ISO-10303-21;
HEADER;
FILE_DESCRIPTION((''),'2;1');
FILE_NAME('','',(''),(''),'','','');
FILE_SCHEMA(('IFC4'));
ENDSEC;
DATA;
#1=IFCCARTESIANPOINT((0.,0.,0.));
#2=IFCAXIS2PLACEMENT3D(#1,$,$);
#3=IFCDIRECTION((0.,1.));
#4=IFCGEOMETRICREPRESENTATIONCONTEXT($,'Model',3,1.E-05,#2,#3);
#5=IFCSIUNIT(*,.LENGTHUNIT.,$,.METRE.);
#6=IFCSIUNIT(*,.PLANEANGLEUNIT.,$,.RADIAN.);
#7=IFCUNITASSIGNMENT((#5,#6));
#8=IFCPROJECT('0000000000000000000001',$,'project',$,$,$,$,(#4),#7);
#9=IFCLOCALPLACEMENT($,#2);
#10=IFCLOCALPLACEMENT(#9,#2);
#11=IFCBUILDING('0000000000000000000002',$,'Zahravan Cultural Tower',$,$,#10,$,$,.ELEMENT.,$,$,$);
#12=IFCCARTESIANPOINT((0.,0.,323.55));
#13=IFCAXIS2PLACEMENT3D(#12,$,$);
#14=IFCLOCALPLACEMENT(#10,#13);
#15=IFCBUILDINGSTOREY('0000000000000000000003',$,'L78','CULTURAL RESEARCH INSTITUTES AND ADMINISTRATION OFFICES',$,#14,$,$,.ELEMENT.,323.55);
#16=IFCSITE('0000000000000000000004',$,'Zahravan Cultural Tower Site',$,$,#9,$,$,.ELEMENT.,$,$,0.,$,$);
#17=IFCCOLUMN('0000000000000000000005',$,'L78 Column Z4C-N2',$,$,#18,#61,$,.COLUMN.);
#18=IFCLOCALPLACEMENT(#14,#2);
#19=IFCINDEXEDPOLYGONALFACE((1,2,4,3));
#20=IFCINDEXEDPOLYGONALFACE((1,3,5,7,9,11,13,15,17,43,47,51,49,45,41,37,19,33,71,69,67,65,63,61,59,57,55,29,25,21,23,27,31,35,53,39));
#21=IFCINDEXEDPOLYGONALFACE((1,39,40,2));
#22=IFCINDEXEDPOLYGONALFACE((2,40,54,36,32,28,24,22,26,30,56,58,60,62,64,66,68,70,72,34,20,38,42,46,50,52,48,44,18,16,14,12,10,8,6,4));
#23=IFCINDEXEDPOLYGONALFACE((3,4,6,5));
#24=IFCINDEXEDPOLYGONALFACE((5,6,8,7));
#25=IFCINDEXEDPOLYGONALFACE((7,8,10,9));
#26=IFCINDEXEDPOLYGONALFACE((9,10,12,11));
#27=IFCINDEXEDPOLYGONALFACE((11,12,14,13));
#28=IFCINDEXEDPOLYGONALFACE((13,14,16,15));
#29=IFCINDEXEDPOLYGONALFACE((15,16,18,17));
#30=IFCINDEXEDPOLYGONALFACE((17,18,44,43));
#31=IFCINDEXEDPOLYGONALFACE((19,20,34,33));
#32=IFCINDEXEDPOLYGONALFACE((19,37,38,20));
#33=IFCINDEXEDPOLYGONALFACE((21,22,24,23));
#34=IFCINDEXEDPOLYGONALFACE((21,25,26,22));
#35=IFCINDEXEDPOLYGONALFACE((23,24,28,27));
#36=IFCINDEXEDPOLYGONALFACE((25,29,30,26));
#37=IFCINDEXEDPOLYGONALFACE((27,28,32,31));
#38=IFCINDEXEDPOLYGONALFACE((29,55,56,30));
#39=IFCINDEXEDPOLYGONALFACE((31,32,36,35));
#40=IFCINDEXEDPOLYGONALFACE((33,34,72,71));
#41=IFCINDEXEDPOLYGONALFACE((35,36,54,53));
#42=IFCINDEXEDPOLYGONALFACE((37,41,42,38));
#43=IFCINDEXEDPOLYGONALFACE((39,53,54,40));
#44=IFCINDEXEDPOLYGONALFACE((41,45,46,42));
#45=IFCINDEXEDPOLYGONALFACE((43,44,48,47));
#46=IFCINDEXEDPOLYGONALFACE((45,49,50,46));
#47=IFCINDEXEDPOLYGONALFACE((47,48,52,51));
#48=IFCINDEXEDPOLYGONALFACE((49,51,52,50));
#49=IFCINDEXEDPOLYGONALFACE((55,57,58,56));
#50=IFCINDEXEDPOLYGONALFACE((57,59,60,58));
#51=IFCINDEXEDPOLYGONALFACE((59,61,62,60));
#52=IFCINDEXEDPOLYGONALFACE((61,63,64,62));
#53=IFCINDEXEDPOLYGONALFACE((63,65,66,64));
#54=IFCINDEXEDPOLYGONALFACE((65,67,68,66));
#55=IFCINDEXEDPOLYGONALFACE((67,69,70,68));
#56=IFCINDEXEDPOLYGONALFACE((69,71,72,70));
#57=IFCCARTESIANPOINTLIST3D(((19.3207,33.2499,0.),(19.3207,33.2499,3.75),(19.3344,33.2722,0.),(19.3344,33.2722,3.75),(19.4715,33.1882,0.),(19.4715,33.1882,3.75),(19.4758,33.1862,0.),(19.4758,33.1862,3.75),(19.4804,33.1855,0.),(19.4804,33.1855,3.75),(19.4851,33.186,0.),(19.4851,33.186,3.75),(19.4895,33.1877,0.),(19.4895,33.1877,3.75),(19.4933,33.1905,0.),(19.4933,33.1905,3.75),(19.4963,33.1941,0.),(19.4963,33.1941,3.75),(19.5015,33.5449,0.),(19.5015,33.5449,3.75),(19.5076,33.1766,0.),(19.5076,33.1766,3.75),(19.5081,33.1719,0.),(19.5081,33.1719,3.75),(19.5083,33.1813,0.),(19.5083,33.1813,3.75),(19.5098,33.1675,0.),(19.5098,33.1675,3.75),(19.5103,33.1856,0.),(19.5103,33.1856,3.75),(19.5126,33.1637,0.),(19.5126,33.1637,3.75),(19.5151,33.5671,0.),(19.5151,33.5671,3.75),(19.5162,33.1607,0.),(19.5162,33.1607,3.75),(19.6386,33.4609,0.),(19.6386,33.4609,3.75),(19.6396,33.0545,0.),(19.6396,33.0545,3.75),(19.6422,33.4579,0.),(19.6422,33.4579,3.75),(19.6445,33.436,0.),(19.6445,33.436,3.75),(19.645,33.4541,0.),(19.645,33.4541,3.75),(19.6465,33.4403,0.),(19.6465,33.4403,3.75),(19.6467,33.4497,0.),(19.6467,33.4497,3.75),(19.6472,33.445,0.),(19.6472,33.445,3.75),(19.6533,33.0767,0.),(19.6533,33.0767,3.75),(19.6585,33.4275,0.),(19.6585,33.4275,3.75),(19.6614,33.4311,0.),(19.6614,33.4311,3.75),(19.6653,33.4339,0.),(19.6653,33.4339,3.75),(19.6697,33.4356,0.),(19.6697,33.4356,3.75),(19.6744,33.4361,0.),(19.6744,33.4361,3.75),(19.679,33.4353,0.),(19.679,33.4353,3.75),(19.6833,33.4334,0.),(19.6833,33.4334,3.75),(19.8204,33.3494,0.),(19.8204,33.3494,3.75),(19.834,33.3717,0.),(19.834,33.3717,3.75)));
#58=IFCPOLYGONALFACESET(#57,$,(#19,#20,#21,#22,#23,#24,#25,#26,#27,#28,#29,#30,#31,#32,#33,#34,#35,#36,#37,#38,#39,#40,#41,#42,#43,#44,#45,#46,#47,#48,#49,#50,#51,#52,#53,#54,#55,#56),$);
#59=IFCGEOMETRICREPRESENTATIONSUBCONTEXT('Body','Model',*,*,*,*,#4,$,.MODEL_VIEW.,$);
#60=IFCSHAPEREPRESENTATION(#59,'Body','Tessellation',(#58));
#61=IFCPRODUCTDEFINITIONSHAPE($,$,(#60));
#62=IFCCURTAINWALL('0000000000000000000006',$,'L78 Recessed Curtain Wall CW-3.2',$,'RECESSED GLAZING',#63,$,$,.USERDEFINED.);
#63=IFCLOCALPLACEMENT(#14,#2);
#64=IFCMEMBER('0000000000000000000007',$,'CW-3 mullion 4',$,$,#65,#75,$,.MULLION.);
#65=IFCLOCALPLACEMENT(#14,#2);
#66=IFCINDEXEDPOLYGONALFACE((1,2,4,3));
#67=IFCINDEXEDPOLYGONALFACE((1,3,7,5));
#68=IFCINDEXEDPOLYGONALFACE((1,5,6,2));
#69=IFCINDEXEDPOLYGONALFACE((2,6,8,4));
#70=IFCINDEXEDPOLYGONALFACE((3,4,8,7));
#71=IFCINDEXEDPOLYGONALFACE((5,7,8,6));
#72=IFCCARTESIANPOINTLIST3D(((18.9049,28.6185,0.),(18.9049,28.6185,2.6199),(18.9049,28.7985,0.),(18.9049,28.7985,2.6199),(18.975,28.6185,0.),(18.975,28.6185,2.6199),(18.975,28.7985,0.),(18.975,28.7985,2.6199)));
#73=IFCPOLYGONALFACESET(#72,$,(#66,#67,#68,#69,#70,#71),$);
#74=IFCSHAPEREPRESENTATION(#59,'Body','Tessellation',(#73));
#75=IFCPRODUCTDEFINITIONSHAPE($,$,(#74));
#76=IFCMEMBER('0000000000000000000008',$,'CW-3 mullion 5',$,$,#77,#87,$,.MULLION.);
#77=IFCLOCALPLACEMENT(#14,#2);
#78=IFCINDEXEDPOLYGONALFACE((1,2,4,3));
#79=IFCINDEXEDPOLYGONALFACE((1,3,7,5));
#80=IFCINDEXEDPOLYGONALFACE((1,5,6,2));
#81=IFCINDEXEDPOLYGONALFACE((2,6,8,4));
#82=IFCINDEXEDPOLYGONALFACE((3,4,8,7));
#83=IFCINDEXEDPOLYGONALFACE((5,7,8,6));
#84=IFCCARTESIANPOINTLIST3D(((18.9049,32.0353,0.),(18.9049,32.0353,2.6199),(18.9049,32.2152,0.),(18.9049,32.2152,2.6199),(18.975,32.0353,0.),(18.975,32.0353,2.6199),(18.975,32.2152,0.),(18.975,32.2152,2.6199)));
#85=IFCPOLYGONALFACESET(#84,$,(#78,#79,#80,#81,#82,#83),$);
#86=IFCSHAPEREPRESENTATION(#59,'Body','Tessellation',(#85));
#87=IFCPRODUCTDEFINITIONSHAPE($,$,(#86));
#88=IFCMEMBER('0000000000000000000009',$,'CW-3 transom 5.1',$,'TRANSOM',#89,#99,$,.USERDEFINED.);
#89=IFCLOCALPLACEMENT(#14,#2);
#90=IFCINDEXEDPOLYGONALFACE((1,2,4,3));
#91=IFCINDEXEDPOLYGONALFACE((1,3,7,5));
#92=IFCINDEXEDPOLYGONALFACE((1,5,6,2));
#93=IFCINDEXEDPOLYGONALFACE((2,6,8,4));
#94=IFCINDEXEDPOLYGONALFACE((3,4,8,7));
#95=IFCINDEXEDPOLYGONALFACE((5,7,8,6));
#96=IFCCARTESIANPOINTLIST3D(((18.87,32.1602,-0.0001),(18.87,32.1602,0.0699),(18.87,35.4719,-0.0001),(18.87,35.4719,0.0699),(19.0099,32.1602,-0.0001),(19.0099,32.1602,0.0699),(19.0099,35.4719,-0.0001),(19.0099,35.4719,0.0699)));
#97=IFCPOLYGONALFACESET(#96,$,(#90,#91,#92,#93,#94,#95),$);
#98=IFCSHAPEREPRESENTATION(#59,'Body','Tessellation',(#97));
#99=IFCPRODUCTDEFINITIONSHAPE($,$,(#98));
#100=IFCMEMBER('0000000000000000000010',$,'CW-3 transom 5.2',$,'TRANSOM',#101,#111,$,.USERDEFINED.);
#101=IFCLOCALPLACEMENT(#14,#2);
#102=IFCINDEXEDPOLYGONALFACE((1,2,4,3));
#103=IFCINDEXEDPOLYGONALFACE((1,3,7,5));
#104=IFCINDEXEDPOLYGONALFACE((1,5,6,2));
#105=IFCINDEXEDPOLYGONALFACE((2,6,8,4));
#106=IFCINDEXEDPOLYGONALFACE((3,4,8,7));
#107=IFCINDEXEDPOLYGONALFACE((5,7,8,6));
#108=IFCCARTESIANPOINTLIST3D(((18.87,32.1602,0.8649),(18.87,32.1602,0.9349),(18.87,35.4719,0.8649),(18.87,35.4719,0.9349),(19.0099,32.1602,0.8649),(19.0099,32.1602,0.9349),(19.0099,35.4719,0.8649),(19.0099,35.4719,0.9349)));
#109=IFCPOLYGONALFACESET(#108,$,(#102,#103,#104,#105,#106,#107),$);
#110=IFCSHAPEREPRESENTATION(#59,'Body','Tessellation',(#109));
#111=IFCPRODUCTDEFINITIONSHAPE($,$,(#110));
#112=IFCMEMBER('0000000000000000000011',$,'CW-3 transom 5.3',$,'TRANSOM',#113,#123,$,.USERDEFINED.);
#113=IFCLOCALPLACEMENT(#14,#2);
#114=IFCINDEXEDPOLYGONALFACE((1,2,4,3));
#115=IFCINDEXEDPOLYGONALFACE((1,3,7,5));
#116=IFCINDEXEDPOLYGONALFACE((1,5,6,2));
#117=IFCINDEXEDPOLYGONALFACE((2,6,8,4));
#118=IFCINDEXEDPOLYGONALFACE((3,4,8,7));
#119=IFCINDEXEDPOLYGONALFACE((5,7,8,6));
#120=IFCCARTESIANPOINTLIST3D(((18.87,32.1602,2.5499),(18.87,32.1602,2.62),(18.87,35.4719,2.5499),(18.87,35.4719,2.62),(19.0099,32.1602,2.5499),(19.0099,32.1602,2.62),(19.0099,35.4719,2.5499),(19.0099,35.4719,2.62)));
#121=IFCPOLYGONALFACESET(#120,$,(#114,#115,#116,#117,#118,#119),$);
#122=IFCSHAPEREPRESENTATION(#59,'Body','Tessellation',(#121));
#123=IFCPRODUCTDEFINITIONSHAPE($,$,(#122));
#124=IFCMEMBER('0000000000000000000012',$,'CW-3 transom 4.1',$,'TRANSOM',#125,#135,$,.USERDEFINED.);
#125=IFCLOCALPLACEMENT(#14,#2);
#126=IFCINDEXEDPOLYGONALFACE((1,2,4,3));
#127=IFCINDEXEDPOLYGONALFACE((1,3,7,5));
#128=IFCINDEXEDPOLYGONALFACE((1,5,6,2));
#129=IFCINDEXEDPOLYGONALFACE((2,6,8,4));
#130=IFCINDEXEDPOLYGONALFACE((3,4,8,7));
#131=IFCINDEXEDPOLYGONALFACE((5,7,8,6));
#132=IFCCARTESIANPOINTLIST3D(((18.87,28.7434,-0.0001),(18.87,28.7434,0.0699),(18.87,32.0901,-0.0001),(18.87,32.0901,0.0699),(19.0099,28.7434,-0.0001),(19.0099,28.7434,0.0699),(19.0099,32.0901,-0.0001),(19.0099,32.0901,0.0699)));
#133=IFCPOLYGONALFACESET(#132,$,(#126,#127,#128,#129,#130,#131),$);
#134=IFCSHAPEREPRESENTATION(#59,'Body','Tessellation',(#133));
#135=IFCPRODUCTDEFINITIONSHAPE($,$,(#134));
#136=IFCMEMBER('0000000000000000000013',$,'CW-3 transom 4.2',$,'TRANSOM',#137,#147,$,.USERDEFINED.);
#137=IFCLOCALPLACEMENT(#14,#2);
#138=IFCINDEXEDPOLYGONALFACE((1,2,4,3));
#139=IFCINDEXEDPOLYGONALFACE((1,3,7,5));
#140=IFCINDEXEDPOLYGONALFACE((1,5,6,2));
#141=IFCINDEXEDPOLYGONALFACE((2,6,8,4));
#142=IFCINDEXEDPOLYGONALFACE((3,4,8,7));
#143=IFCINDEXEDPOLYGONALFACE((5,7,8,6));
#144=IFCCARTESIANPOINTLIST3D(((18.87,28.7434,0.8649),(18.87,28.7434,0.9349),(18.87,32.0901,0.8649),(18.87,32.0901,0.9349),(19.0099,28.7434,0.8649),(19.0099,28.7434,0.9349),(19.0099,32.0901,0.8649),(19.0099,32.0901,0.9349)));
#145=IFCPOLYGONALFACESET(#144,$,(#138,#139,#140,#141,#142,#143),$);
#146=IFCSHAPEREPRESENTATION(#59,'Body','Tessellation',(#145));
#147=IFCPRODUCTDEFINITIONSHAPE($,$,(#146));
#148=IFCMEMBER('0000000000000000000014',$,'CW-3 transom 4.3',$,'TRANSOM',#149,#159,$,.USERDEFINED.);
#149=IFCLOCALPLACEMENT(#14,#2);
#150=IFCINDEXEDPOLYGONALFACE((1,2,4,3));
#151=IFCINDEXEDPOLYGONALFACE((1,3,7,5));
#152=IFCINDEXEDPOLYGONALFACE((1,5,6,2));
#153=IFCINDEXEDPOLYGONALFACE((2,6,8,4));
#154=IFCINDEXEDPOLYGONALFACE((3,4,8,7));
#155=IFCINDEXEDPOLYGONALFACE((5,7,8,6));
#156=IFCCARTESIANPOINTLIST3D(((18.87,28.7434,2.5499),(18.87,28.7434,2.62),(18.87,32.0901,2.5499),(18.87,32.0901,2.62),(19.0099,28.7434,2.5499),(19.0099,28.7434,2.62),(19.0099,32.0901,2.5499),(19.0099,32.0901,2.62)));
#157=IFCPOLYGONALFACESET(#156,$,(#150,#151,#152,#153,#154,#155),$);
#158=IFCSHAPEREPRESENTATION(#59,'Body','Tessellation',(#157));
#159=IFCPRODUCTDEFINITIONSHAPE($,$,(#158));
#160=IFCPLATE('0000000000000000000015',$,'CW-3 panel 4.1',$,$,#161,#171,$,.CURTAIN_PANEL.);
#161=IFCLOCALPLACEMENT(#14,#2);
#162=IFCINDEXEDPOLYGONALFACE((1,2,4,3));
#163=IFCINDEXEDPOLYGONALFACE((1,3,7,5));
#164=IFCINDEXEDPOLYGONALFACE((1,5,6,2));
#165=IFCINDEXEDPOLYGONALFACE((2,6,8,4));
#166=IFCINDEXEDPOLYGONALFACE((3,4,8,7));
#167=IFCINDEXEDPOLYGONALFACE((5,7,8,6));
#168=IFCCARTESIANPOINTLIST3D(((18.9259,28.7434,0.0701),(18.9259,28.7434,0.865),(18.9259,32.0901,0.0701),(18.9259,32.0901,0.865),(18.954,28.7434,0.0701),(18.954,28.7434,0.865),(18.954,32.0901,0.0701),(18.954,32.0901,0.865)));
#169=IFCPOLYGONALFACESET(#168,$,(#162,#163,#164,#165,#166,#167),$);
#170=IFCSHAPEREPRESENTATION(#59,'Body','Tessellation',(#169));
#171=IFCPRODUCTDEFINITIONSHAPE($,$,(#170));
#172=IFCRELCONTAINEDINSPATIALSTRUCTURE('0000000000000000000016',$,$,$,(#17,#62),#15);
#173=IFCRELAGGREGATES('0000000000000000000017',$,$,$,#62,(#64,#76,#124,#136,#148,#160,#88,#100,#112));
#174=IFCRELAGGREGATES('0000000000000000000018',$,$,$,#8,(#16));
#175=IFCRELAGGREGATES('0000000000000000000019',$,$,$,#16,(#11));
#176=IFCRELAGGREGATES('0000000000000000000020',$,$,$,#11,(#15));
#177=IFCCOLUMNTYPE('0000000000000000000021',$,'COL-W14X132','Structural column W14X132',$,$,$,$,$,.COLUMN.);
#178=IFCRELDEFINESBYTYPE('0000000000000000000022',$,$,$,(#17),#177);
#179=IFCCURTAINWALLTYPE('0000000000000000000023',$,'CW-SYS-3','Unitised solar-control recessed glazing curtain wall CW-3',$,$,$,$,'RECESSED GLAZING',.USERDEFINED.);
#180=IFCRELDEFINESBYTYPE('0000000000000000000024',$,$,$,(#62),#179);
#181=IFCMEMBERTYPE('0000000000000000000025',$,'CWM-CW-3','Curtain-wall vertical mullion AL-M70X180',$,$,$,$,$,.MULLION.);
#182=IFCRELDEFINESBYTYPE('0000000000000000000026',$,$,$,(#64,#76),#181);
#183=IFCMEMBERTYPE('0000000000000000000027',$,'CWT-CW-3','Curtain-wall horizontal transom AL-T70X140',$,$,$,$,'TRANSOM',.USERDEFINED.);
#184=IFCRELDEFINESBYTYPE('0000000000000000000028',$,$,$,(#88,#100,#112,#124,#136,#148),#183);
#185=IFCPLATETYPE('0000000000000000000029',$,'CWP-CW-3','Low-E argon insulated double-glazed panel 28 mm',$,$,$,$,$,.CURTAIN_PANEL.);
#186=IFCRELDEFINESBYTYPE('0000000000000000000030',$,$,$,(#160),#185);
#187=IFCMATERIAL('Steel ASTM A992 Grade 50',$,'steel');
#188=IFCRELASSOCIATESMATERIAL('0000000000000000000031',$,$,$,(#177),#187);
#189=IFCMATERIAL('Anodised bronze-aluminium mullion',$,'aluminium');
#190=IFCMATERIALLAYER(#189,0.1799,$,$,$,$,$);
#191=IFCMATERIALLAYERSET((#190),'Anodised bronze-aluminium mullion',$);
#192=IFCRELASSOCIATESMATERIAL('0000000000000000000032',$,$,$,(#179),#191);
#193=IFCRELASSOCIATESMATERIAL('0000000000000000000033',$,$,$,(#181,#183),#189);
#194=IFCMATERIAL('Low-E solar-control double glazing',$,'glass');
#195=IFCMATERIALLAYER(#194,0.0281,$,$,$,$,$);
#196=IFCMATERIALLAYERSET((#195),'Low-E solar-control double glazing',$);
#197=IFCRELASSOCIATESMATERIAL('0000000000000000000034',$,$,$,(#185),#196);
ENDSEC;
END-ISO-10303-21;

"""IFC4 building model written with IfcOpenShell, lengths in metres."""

from ifc_helpers import new_model, si_unit, direction, frame, origin, origin_2d, place, context, subcontext, project, spatial, rectangle, i_section, extrude, source, transform, mapped, material, layer, layer_set, material_profile, profile_set, type_object, element, aggregate, save


model = new_model("IFC4")

# Units and contexts
model_context = context("Model", 3, precision=1e-05, world=origin(), true_north=direction((0.0, 1.0)))
body_context = subcontext(model_context, "Body", "Model", "MODEL_VIEW")
ifc_project = project(units=[si_unit("LENGTHUNIT", "METRE"), si_unit("PLANEANGLEUNIT", "RADIAN")], contexts=[model_context])

# Site, building, storey
site_placement = place(None, origin())
site = spatial("IfcSite", under=ifc_project, at=site_placement, Name="Zahravan Cultural Tower Site", CompositionType="ELEMENT", RefElevation=0.0)
building_placement = place(site_placement, origin())
building = spatial("IfcBuilding", under=site, at=building_placement, Name="Zahravan Cultural Tower", CompositionType="ELEMENT")
storey_placement = place(building_placement, frame((0.0, 0.0, 323.55)))
storey = spatial("IfcBuildingStorey", under=building, at=storey_placement, Name="L78", Description="CULTURAL RESEARCH INSTITUTES AND ADMINISTRATION OFFICES", CompositionType="ELEMENT", Elevation=323.55)

# Column
ifc_material_1 = material(Name="Steel ASTM A992 Grade 50", Category="steel")
ifc_material_profile_1 = material_profile(ifc_material_1, i_section(OverallWidth=0.374, OverallDepth=0.3721, WebThickness=0.0164, FlangeThickness=0.0261, FilletRadius=0.0181, at=origin_2d()), Name="W14X132")
ifc_profile_set_1 = profile_set([ifc_material_profile_1], Name="Steel ASTM A992 Grade 50")
column_type = type_object("IfcColumnType", Name="COL-W14X132", Description="Structural column W14X132", PredefinedType="COLUMN", material=ifc_profile_set_1)
shared_shape_1 = source(origin(), body_context, "Body", "SweptSolid", [
    extrude(i_section(OverallWidth=0.374, OverallDepth=0.3721, WebThickness=0.0164, FlangeThickness=0.0261, FilletRadius=0.0181, at=origin_2d()), origin(), (0.0, 0.0, 1.0), 3.75),
])
column_placement = place(storey_placement, frame((19.5774, 33.3108, 0.0), z_axis=(0.0, 0.0, 1.0), x_axis=(-0.85264, 0.522499, 0.0)))
element("IfcColumn", 1, at=column_placement, inside=storey, type_object=column_type, Name="L78 Column Z4C-N2", PredefinedType="COLUMN", context=body_context, shape_type="MappedRepresentation", body=[
    mapped(shared_shape_1, transform((0.0, 0.0, 0.0), x_axis=(1.0, 0.0, 0.0), y_axis=(0.0, 1.0, 0.0), z_axis=(0.0, 0.0, 1.0), scale=1.0)),
])

# Curtain wall, members, plate
ifc_material_2 = material(Name="Anodised bronze-aluminium mullion", Category="aluminium")
ifc_layer_1 = layer(ifc_material_2, 0.1799)
ifc_layer_set_1 = layer_set([ifc_layer_1], Name="Anodised bronze-aluminium mullion")
curtain_wall_type = type_object("IfcCurtainWallType", Name="CW-SYS-3", Description="Unitised solar-control recessed glazing curtain wall CW-3", ElementType="RECESSED GLAZING", PredefinedType="USERDEFINED", material=ifc_layer_set_1)
curtain_wall_placement = place(storey_placement, origin())
curtain_wall = element("IfcCurtainWall", 2, at=curtain_wall_placement, inside=storey, type_object=curtain_wall_type, Name="L78 Recessed Curtain Wall CW-3.2", ObjectType="RECESSED GLAZING", PredefinedType="USERDEFINED")
ifc_material_profile_2 = material_profile(ifc_material_2, rectangle(XDim=0.0701, YDim=0.1799, at=origin_2d()), Name="AL-M70X180")
ifc_profile_set_2 = profile_set([ifc_material_profile_2], Name="Anodised bronze-aluminium mullion")
member_type_1 = type_object("IfcMemberType", Name="CWM-CW-3", Description="Curtain-wall vertical mullion AL-M70X180", PredefinedType="MULLION", material=ifc_profile_set_2)
shared_shape_2 = source(origin(), body_context, "Body", "SweptSolid", [
    extrude(rectangle(XDim=0.0701, YDim=0.1799, at=origin_2d()), origin(), (0.0, 0.0, 1.0), 2.6199),
])
member_1_placement = place(storey_placement, frame((18.9399, 28.7085, 0.0), z_axis=(0.0, 0.0, 1.0), x_axis=(-1.0, 0.0, 0.0)))
member_1 = element("IfcMember", 3, at=member_1_placement, type_object=member_type_1, Name="CW-3 mullion 4", PredefinedType="MULLION", context=body_context, shape_type="MappedRepresentation", body=[
    mapped(shared_shape_2, transform((0.0, 0.0, 0.0), x_axis=(1.0, 0.0, 0.0), y_axis=(0.0, 1.0, 0.0), z_axis=(0.0, 0.0, 1.0), scale=1.0)),
])
member_2_placement = place(storey_placement, frame((18.9399, 32.1252, 0.0), z_axis=(0.0, 0.0, 1.0), x_axis=(-1.0, 0.0, 0.0)))
member_2 = element("IfcMember", 4, at=member_2_placement, type_object=member_type_1, Name="CW-3 mullion 5", PredefinedType="MULLION", context=body_context, shape_type="MappedRepresentation", body=[
    mapped(shared_shape_2, transform((0.0, 0.0, 0.0), x_axis=(1.0, 0.0, 0.0), y_axis=(0.0, 1.0, 0.0), z_axis=(0.0, 0.0, 1.0), scale=1.0)),
])
ifc_material_profile_3 = material_profile(ifc_material_2, rectangle(XDim=0.1399, YDim=0.0701, at=origin_2d()), Name="AL-T70X140")
ifc_profile_set_3 = profile_set([ifc_material_profile_3], Name="Anodised bronze-aluminium mullion")
member_type_2 = type_object("IfcMemberType", Name="CWT-CW-3", Description="Curtain-wall horizontal transom AL-T70X140", ElementType="TRANSOM", PredefinedType="USERDEFINED", material=ifc_profile_set_3)
shared_shape_3 = source(origin(), body_context, "Body", "SweptSolid", [
    extrude(rectangle(XDim=0.1399, YDim=0.0701, at=origin_2d()), origin(), (0.0, 0.0, 1.0), 3.3118),
])
member_3_placement = place(storey_placement, frame((18.9399, 32.1602, 0.0349), z_axis=(0.0, 1.0, 0.0), x_axis=(-1.0, 0.0, 0.0)))
member_3 = element("IfcMember", 5, at=member_3_placement, type_object=member_type_2, Name="CW-3 transom 5.1", ObjectType="TRANSOM", PredefinedType="USERDEFINED", context=body_context, shape_type="MappedRepresentation", body=[
    mapped(shared_shape_3, transform((0.0, 0.0, 0.0), x_axis=(1.0, 0.0, 0.0), y_axis=(0.0, 1.0, 0.0), z_axis=(0.0, 0.0, 1.0), scale=1.0)),
])
member_4_placement = place(storey_placement, frame((18.9399, 32.1602, 0.8999), z_axis=(0.0, 1.0, 0.0), x_axis=(-1.0, 0.0, 0.0)))
member_4 = element("IfcMember", 6, at=member_4_placement, type_object=member_type_2, Name="CW-3 transom 5.2", ObjectType="TRANSOM", PredefinedType="USERDEFINED", context=body_context, shape_type="MappedRepresentation", body=[
    mapped(shared_shape_3, transform((0.0, 0.0, 0.0), x_axis=(1.0, 0.0, 0.0), y_axis=(0.0, 1.0, 0.0), z_axis=(0.0, 0.0, 1.0), scale=1.0)),
])
member_5_placement = place(storey_placement, frame((18.9399, 32.1602, 2.585), z_axis=(0.0, 1.0, 0.0), x_axis=(-1.0, 0.0, 0.0)))
member_5 = element("IfcMember", 7, at=member_5_placement, type_object=member_type_2, Name="CW-3 transom 5.3", ObjectType="TRANSOM", PredefinedType="USERDEFINED", context=body_context, shape_type="MappedRepresentation", body=[
    mapped(shared_shape_3, transform((0.0, 0.0, 0.0), x_axis=(1.0, 0.0, 0.0), y_axis=(0.0, 1.0, 0.0), z_axis=(0.0, 0.0, 1.0), scale=1.0)),
])
shared_shape_4 = source(origin(), body_context, "Body", "SweptSolid", [
    extrude(rectangle(XDim=0.1399, YDim=0.0701, at=origin_2d()), origin(), (0.0, 0.0, 1.0), 3.3467),
])
member_6_placement = place(storey_placement, frame((18.9399, 28.7434, 0.0349), z_axis=(0.0, 1.0, 0.0), x_axis=(-1.0, 0.0, 0.0)))
member_6 = element("IfcMember", 8, at=member_6_placement, type_object=member_type_2, Name="CW-3 transom 4.1", ObjectType="TRANSOM", PredefinedType="USERDEFINED", context=body_context, shape_type="MappedRepresentation", body=[
    mapped(shared_shape_4, transform((0.0, 0.0, 0.0), x_axis=(1.0, 0.0, 0.0), y_axis=(0.0, 1.0, 0.0), z_axis=(0.0, 0.0, 1.0), scale=1.0)),
])
member_7_placement = place(storey_placement, frame((18.9399, 28.7434, 0.8999), z_axis=(0.0, 1.0, 0.0), x_axis=(-1.0, 0.0, 0.0)))
member_7 = element("IfcMember", 9, at=member_7_placement, type_object=member_type_2, Name="CW-3 transom 4.2", ObjectType="TRANSOM", PredefinedType="USERDEFINED", context=body_context, shape_type="MappedRepresentation", body=[
    mapped(shared_shape_4, transform((0.0, 0.0, 0.0), x_axis=(1.0, 0.0, 0.0), y_axis=(0.0, 1.0, 0.0), z_axis=(0.0, 0.0, 1.0), scale=1.0)),
])
member_8_placement = place(storey_placement, frame((18.9399, 28.7434, 2.585), z_axis=(0.0, 1.0, 0.0), x_axis=(-1.0, 0.0, 0.0)))
member_8 = element("IfcMember", 10, at=member_8_placement, type_object=member_type_2, Name="CW-3 transom 4.3", ObjectType="TRANSOM", PredefinedType="USERDEFINED", context=body_context, shape_type="MappedRepresentation", body=[
    mapped(shared_shape_4, transform((0.0, 0.0, 0.0), x_axis=(1.0, 0.0, 0.0), y_axis=(0.0, 1.0, 0.0), z_axis=(0.0, 0.0, 1.0), scale=1.0)),
])
ifc_material_3 = material(Name="Low-E solar-control double glazing", Category="glass")
ifc_layer_2 = layer(ifc_material_3, 0.0281)
ifc_layer_set_2 = layer_set([ifc_layer_2], Name="Low-E solar-control double glazing")
plate_type = type_object("IfcPlateType", Name="CWP-CW-3", Description="Low-E argon insulated double-glazed panel 28 mm", PredefinedType="CURTAIN_PANEL", material=ifc_layer_set_2)
shared_shape_5 = source(origin(), body_context, "Body", "SweptSolid", [
    extrude(rectangle(XDim=3.3467, YDim=0.0281, at=origin_2d()), origin(), (0.0, 0.0, 1.0), 0.7949),
])
plate_1_placement = place(storey_placement, frame((18.9399, 30.4167, 0.0701), z_axis=(0.0, 0.0, 1.0), x_axis=(0.0, 1.0, 0.0)))
plate_1 = element("IfcPlate", 11, at=plate_1_placement, type_object=plate_type, Name="CW-3 panel 4.1", PredefinedType="CURTAIN_PANEL", context=body_context, shape_type="MappedRepresentation", body=[
    mapped(shared_shape_5, transform((0.0, 0.0, 0.0), x_axis=(1.0, 0.0, 0.0), y_axis=(0.0, 1.0, 0.0), z_axis=(0.0, 0.0, 1.0), scale=1.0)),
])
aggregate(curtain_wall, [member_1, member_2, member_6, member_7, member_8, plate_1, member_3, member_4, member_5])

save(model, "model.ifc")
